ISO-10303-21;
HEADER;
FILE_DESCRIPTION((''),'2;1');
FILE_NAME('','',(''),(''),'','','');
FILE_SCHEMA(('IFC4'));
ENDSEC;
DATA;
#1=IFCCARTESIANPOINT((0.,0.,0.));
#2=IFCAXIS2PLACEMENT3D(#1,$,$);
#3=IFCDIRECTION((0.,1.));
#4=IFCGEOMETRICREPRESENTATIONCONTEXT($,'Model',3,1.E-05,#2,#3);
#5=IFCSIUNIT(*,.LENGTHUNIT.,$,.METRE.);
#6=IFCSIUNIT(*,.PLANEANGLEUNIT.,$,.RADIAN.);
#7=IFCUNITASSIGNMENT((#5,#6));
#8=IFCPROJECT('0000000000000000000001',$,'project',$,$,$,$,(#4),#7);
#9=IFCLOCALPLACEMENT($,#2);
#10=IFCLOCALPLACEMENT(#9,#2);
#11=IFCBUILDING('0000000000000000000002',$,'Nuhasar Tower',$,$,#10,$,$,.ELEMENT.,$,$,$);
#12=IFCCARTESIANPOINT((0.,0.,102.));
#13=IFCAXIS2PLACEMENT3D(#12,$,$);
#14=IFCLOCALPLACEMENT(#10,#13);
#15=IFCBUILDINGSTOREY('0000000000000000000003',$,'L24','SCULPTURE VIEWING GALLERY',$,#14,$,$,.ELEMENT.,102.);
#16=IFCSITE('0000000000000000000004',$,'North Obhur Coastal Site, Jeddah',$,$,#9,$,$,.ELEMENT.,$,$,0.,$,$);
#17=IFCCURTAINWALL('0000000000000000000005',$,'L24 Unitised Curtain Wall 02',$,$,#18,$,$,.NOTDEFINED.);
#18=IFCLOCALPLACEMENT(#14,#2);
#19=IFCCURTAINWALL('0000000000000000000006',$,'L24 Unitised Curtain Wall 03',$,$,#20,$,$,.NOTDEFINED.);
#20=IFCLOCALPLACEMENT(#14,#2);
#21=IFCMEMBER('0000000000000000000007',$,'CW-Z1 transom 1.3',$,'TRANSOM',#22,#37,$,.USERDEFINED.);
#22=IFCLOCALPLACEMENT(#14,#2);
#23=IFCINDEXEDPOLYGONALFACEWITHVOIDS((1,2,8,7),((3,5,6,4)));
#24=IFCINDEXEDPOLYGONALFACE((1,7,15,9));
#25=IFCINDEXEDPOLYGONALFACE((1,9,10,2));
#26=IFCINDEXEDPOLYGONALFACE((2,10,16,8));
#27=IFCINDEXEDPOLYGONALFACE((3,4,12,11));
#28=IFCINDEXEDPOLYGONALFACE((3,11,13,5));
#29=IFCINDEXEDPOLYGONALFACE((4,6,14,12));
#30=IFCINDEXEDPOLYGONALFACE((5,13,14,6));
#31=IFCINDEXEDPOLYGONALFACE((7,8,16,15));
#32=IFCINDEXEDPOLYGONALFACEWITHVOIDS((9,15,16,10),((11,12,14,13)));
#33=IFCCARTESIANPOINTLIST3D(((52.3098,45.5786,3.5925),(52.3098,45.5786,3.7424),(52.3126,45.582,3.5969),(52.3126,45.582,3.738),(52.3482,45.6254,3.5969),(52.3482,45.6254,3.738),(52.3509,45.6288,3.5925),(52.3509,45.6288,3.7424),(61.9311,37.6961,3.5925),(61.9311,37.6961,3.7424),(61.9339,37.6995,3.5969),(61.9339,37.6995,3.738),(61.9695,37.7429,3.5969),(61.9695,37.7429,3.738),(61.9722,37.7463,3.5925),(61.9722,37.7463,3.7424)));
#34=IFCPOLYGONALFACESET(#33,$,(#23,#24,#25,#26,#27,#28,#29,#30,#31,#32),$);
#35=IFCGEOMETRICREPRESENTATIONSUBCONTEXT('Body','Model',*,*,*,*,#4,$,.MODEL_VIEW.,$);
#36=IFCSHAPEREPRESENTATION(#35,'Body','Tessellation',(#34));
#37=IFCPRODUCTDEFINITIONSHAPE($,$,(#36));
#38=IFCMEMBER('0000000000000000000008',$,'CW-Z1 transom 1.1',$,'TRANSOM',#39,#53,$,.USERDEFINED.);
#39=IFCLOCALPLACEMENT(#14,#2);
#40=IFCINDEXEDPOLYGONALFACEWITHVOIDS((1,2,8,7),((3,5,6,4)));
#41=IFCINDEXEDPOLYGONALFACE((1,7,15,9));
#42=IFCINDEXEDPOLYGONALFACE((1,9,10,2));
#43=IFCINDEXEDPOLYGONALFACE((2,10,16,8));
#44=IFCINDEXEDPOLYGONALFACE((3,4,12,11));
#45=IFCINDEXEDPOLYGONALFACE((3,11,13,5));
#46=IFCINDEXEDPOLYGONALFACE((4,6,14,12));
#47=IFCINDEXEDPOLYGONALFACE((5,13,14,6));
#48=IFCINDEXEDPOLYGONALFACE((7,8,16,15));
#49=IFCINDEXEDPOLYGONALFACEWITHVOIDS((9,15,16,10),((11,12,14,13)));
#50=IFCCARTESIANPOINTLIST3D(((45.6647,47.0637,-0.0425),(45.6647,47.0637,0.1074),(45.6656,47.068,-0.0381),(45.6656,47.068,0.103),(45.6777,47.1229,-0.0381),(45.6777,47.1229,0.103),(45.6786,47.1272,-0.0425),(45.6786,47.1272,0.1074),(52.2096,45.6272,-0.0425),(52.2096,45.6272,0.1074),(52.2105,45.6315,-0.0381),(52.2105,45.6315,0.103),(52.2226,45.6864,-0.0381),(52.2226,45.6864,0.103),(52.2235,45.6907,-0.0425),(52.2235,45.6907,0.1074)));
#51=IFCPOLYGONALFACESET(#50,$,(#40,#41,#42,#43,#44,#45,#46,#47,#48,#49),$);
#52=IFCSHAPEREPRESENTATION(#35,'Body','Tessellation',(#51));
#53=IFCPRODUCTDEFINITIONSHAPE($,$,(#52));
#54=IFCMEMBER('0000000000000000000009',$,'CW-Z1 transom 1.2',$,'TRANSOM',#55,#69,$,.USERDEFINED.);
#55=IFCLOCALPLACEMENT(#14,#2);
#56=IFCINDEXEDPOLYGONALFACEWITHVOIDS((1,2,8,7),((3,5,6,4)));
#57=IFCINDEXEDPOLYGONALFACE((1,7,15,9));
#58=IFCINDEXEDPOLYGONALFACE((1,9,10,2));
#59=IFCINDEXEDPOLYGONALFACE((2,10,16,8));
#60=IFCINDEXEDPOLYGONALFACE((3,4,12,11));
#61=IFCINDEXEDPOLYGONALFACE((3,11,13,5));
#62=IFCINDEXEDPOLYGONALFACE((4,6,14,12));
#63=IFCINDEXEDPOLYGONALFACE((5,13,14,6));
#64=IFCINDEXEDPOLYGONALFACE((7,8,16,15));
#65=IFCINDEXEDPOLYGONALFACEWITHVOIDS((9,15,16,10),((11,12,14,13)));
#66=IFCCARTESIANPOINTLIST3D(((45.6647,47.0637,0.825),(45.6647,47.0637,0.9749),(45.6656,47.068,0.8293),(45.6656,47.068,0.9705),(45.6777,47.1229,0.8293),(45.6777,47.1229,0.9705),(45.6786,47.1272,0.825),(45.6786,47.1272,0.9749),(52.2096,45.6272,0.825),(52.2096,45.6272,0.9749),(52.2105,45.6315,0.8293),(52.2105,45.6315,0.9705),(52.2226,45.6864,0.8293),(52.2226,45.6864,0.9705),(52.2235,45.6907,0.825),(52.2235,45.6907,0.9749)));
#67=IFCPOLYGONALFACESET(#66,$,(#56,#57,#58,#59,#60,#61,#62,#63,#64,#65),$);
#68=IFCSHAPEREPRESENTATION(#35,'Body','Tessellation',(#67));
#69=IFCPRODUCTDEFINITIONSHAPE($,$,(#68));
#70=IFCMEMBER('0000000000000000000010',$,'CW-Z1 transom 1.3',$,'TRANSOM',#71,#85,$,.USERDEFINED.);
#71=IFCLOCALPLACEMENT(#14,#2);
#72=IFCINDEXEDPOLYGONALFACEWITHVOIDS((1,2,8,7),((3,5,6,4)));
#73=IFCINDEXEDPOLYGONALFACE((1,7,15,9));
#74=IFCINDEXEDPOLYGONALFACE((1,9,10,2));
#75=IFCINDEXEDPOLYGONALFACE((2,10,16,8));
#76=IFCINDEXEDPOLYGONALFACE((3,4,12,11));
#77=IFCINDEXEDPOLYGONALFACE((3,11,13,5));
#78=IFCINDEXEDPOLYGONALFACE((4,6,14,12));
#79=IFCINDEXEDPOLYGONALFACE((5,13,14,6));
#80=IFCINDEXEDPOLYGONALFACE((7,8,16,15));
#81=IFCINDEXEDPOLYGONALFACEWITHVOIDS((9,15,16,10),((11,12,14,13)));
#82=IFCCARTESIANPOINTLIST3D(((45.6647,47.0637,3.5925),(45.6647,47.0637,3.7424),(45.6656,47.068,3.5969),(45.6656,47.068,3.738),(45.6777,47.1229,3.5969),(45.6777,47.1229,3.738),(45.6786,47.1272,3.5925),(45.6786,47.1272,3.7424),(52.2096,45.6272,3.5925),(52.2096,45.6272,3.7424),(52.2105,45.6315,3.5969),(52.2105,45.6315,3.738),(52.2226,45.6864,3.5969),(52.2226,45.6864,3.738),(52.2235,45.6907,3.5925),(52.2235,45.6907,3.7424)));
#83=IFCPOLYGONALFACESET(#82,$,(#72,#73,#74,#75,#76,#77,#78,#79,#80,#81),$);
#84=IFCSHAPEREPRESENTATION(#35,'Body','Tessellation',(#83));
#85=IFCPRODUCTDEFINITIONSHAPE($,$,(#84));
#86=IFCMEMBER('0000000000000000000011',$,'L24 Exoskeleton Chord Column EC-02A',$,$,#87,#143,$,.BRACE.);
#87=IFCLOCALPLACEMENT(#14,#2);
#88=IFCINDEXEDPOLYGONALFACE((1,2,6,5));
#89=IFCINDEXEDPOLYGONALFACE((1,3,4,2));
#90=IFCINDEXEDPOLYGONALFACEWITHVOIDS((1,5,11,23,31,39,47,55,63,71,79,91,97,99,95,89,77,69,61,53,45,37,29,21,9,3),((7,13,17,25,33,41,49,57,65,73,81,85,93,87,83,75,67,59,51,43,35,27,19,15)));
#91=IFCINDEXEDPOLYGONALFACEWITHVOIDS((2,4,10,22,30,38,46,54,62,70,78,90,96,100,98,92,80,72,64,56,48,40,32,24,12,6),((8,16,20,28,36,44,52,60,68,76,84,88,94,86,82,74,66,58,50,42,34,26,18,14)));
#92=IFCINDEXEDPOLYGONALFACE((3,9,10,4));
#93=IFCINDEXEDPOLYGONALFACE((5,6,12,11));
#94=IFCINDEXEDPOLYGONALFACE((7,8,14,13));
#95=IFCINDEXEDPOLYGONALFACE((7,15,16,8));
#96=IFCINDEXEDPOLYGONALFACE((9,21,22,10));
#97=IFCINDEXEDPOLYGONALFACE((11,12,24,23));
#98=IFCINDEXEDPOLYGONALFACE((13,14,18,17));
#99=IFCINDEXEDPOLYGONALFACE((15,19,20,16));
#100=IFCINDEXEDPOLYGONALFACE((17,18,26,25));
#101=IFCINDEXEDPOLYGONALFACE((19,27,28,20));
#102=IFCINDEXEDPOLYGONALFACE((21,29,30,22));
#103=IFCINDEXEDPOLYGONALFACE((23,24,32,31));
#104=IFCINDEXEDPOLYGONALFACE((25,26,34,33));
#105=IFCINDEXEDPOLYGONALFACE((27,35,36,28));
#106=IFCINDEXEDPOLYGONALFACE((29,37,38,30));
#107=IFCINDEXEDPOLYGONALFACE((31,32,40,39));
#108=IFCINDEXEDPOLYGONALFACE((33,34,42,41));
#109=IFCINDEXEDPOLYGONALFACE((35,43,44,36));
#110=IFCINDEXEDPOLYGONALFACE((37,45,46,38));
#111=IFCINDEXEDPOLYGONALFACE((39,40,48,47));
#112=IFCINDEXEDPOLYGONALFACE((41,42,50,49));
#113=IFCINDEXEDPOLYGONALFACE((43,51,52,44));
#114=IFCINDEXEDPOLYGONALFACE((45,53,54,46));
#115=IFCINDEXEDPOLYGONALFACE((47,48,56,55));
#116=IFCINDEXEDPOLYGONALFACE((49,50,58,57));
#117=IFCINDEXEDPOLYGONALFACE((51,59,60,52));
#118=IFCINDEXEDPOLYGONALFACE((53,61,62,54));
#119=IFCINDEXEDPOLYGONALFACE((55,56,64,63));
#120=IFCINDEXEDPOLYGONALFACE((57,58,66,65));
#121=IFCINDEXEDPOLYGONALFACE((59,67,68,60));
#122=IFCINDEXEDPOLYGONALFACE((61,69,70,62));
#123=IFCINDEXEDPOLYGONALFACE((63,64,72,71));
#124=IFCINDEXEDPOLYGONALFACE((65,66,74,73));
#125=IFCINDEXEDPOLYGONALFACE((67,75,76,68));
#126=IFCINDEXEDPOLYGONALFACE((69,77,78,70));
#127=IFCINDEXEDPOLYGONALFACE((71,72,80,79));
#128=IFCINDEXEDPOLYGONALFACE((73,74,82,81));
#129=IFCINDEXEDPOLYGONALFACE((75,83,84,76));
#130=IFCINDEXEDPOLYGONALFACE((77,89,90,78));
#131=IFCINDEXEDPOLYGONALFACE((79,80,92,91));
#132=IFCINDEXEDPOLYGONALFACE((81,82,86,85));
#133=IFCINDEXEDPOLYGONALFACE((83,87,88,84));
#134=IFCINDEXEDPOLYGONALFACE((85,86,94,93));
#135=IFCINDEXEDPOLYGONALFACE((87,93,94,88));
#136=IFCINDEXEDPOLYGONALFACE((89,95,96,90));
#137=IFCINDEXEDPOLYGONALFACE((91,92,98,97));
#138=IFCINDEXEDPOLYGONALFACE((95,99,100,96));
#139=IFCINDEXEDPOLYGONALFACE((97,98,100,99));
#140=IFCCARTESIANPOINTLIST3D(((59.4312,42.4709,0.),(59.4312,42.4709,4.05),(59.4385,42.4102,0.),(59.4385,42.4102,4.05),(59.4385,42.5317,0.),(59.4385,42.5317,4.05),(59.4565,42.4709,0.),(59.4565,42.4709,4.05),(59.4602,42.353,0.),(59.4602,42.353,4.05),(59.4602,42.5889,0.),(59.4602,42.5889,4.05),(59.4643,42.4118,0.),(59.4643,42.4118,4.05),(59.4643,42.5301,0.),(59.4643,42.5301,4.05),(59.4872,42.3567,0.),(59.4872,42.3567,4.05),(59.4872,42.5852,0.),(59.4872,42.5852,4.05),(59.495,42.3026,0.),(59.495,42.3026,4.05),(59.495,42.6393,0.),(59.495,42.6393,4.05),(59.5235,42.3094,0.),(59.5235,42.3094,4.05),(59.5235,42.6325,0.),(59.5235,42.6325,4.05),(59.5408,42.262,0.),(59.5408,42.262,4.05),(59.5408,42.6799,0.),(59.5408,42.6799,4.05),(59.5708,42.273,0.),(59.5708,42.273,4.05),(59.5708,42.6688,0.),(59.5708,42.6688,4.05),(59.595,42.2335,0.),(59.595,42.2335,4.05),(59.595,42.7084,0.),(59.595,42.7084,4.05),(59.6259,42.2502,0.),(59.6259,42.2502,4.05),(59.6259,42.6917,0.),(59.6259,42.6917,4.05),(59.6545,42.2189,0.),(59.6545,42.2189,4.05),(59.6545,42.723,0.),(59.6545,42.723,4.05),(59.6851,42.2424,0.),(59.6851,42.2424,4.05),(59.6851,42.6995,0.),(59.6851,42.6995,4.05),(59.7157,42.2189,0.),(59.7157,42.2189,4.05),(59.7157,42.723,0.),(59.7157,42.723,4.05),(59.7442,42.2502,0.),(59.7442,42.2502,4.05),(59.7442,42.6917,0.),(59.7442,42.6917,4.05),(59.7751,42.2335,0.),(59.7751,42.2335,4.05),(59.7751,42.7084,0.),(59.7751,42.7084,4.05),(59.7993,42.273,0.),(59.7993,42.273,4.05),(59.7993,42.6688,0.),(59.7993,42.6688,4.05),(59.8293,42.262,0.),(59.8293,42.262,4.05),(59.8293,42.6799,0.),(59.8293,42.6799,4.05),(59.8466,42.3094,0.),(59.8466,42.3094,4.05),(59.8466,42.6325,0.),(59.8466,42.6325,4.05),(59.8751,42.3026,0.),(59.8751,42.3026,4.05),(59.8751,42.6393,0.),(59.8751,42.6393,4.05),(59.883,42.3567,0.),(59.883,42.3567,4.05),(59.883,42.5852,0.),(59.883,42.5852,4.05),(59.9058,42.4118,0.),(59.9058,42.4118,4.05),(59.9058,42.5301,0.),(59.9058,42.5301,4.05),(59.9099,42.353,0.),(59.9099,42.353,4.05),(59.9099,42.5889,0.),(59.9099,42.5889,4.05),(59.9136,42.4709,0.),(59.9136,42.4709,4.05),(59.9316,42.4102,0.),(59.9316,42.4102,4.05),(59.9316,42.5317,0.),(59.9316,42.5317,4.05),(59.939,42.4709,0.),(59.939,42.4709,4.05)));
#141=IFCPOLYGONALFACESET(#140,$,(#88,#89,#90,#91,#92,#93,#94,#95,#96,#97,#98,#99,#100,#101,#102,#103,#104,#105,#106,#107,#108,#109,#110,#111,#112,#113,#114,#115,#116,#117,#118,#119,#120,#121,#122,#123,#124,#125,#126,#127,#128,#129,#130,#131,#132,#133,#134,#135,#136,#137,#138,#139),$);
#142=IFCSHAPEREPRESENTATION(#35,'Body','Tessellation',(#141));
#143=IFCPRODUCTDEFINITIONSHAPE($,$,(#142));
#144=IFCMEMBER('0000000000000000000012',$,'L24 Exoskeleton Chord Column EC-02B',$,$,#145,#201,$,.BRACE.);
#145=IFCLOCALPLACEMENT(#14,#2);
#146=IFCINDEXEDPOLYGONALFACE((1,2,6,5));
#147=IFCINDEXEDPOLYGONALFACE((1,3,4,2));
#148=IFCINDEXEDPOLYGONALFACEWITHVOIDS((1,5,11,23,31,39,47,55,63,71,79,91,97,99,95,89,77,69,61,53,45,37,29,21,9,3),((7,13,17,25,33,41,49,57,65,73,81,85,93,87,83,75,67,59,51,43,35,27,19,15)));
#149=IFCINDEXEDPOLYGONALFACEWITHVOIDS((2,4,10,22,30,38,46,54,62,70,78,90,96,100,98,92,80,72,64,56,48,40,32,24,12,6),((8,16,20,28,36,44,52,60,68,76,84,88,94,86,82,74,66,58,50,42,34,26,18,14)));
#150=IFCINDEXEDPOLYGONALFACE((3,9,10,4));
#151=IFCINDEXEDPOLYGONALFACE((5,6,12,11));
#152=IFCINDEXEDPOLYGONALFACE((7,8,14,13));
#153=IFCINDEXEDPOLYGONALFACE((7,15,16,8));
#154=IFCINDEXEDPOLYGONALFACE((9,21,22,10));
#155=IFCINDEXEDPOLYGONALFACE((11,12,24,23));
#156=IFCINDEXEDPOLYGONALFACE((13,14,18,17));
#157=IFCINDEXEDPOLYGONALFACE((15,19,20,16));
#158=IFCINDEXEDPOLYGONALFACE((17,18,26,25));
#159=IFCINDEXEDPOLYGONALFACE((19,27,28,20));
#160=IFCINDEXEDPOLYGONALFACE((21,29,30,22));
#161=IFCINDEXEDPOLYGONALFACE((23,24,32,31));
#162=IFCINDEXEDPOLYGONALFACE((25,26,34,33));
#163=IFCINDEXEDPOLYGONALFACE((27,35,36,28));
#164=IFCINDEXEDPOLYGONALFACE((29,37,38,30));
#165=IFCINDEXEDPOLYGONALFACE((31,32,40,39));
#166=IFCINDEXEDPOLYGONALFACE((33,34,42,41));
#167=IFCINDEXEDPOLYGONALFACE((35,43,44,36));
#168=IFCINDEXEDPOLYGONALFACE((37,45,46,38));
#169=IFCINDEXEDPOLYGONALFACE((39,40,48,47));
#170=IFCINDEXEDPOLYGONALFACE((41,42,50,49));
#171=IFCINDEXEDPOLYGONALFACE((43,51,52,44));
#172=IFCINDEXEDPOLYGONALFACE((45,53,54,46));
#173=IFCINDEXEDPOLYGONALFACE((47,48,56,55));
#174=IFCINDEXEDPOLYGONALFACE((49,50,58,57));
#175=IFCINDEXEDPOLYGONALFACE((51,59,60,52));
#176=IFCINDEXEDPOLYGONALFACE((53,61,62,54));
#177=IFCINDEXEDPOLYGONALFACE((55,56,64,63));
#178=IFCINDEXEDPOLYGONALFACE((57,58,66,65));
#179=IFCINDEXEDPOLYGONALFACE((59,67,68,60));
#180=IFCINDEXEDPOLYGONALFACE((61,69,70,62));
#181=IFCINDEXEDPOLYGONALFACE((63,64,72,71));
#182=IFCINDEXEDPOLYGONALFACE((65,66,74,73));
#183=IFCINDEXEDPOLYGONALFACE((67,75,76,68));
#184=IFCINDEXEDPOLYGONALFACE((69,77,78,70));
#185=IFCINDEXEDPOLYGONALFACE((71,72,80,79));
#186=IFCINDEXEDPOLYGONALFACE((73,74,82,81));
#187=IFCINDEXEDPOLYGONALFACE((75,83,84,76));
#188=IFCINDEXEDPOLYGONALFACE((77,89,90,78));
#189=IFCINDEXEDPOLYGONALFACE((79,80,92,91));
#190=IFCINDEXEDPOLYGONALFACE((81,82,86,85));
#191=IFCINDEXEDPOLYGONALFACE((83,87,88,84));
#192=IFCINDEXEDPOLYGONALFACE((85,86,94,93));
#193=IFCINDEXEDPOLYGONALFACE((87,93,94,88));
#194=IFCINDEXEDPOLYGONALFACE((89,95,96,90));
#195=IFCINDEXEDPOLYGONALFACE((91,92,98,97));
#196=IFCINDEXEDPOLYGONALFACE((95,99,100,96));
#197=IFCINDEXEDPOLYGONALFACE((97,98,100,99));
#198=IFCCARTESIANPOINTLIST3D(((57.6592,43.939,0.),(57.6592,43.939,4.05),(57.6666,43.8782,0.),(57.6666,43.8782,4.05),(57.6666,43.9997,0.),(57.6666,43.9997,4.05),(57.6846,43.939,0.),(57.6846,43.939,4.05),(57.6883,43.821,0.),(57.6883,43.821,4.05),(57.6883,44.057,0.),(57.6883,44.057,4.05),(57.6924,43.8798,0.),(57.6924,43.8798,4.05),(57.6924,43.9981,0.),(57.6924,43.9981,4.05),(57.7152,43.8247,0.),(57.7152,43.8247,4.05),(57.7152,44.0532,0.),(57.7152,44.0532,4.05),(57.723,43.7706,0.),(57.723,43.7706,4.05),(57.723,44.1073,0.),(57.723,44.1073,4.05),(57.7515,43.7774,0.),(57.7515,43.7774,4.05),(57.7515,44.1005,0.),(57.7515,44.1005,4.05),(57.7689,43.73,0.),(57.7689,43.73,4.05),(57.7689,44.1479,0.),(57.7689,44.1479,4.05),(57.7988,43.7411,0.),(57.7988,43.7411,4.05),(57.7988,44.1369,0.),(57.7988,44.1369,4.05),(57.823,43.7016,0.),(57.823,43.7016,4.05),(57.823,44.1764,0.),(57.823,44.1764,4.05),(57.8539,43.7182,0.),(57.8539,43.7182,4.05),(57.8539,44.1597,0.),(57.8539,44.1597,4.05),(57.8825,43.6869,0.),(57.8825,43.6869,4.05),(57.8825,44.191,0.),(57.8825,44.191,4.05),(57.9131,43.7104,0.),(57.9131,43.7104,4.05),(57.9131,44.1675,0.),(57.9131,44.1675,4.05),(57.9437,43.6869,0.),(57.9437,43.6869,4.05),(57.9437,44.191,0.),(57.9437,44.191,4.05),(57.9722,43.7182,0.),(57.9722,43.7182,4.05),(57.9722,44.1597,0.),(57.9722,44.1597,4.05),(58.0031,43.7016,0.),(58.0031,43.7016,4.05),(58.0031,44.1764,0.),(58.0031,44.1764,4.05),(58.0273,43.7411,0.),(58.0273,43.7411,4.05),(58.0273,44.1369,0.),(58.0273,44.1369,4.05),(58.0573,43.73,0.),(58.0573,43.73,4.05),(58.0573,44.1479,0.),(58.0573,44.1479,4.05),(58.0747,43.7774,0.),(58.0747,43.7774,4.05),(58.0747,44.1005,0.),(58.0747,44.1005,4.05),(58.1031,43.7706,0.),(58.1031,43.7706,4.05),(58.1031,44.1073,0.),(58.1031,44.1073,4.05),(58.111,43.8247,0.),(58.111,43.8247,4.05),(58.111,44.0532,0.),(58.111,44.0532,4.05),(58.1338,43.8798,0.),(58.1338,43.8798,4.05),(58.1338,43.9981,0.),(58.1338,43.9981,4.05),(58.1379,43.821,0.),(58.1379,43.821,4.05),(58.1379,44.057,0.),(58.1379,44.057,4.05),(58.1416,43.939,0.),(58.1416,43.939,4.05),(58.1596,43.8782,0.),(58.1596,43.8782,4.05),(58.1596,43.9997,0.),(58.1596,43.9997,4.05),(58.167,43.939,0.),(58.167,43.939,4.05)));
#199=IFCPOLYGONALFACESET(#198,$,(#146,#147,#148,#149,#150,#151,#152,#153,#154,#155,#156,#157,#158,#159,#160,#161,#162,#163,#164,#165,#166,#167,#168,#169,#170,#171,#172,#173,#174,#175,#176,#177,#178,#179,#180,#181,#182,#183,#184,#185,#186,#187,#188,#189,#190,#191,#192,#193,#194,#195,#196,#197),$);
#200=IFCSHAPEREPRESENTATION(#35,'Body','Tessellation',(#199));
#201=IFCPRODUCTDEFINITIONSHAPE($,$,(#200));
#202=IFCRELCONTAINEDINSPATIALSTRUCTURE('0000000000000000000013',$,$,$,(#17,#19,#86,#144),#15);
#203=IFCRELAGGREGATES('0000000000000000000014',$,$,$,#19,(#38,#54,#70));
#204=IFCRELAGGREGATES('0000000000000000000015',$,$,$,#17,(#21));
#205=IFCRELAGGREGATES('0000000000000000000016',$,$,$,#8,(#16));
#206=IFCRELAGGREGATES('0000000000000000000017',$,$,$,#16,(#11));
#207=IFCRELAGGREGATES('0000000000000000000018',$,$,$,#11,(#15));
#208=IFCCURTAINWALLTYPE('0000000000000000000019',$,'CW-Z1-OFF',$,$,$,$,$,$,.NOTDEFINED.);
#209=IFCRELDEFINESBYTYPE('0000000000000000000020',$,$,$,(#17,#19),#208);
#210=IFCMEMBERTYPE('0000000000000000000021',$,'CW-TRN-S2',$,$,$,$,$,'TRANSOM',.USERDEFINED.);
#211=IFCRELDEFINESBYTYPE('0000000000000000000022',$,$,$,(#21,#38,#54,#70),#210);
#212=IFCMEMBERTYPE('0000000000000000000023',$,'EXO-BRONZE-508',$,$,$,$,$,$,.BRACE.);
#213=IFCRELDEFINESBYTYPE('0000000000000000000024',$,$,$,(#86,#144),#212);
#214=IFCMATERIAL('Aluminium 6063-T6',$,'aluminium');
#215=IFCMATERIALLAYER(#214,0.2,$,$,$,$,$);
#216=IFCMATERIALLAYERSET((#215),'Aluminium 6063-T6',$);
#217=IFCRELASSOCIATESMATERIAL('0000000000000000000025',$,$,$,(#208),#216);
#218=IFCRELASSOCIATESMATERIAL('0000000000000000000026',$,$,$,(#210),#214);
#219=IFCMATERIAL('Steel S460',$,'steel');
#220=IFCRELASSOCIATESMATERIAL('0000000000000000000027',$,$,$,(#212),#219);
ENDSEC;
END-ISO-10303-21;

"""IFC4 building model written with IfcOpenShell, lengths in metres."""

from ifc_helpers import new_model, si_unit, direction, frame, origin, origin_2d, place, context, subcontext, project, spatial, hollow_rectangle, hollow_circle, extrude, material, layer, layer_set, material_profile, profile_set, type_object, element, aggregate, save


model = new_model("IFC4")

# Units and contexts
model_context = context("Model", 3, precision=1e-05, world=origin(), true_north=direction((0.0, 1.0)))
body_context = subcontext(model_context, "Body", "Model", "MODEL_VIEW")
ifc_project = project(units=[si_unit("LENGTHUNIT", "METRE"), si_unit("PLANEANGLEUNIT", "RADIAN")], contexts=[model_context])

# Site, building, storey
site_placement = place(None, origin())
site = spatial("IfcSite", under=ifc_project, at=site_placement, Name="North Obhur Coastal Site, Jeddah", CompositionType="ELEMENT", RefElevation=0.0)
building_placement = place(site_placement, origin())
building = spatial("IfcBuilding", under=site, at=building_placement, Name="Nuhasar Tower", CompositionType="ELEMENT")
storey_placement = place(building_placement, frame((0.0, 0.0, 102.0)))
storey = spatial("IfcBuildingStorey", under=building, at=storey_placement, Name="L24", Description="SCULPTURE VIEWING GALLERY", CompositionType="ELEMENT", Elevation=102.0)

# Shared definitions
ifc_material_1 = material(Name="Aluminium 6063-T6", Category="aluminium")
ifc_layer_1 = layer(ifc_material_1, 0.2)
ifc_layer_set_1 = layer_set([ifc_layer_1], Name="Aluminium 6063-T6")
curtain_wall_type = type_object("IfcCurtainWallType", Name="CW-Z1-OFF", PredefinedType="NOTDEFINED", material=ifc_layer_set_1)

# Curtain wall
curtain_wall_1_placement = place(storey_placement, origin())
curtain_wall_1 = element("IfcCurtainWall", 1, at=curtain_wall_1_placement, inside=storey, type_object=curtain_wall_type, Name="L24 Unitised Curtain Wall 02", PredefinedType="NOTDEFINED")

# Curtain wall
curtain_wall_2_placement = place(storey_placement, origin())
curtain_wall_2 = element("IfcCurtainWall", 2, at=curtain_wall_2_placement, inside=storey, type_object=curtain_wall_type, Name="L24 Unitised Curtain Wall 03", PredefinedType="NOTDEFINED")

# Members
ifc_material_profile_1 = material_profile(ifc_material_1, hollow_rectangle(XDim=0.0649, YDim=0.1499, WallThickness=0.0044, at=origin_2d()), Name="CWT-2")
ifc_profile_set_1 = profile_set([ifc_material_profile_1], Name="Aluminium 6063-T6")
member_type_1 = type_object("IfcMemberType", Name="CW-TRN-S2", ElementType="TRANSOM", PredefinedType="USERDEFINED", material=ifc_profile_set_1)
member_1_placement = place(storey_placement, frame((61.9517, 37.7212, 3.6675), z_axis=(-0.773541, 0.633746, 0.0), x_axis=(-0.633746, -0.773541, 0.0)))
member_1 = element("IfcMember", 3, at=member_1_placement, type_object=member_type_1, Name="CW-Z1 transom 1.3", ObjectType="TRANSOM", PredefinedType="USERDEFINED", context=body_context, shape_type="SweptSolid", body=[
    extrude(hollow_rectangle(XDim=0.0649, YDim=0.1499, WallThickness=0.0044, at=origin_2d()), origin(), (0.0, 0.0, 1.0), 12.438),
])
member_2_placement = place(storey_placement, frame((52.2166, 45.6589, 0.0325), z_axis=(-0.97675, 0.214384, 0.0), x_axis=(-0.214384, -0.97675, 0.0)))
member_2 = element("IfcMember", 4, at=member_2_placement, type_object=member_type_1, Name="CW-Z1 transom 1.1", ObjectType="TRANSOM", PredefinedType="USERDEFINED", context=body_context, shape_type="SweptSolid", body=[
    extrude(hollow_rectangle(XDim=0.0649, YDim=0.1499, WallThickness=0.0044, at=origin_2d()), origin(), (0.0, 0.0, 1.0), 6.7007),
])
member_3_placement = place(storey_placement, frame((52.2166, 45.6589, 0.8999), z_axis=(-0.97675, 0.214384, 0.0), x_axis=(-0.214384, -0.97675, 0.0)))
member_3 = element("IfcMember", 5, at=member_3_placement, type_object=member_type_1, Name="CW-Z1 transom 1.2", ObjectType="TRANSOM", PredefinedType="USERDEFINED", context=body_context, shape_type="SweptSolid", body=[
    extrude(hollow_rectangle(XDim=0.0649, YDim=0.1499, WallThickness=0.0044, at=origin_2d()), origin(), (0.0, 0.0, 1.0), 6.7007),
])
member_4_placement = place(storey_placement, frame((52.2166, 45.6589, 3.6675), z_axis=(-0.97675, 0.214384, 0.0), x_axis=(-0.214384, -0.97675, 0.0)))
member_4 = element("IfcMember", 6, at=member_4_placement, type_object=member_type_1, Name="CW-Z1 transom 1.3", ObjectType="TRANSOM", PredefinedType="USERDEFINED", context=body_context, shape_type="SweptSolid", body=[
    extrude(hollow_rectangle(XDim=0.0649, YDim=0.1499, WallThickness=0.0044, at=origin_2d()), origin(), (0.0, 0.0, 1.0), 6.7007),
])
aggregate(curtain_wall_2, [member_2, member_3, member_4])

# Members
ifc_material_2 = material(Name="Steel S460", Category="steel")
ifc_material_profile_2 = material_profile(ifc_material_2, hollow_circle(Radius=0.2539, WallThickness=0.0254, at=origin_2d()), Name="HSS508X25.4")
ifc_profile_set_2 = profile_set([ifc_material_profile_2], Name="Steel S460")
member_type_2 = type_object("IfcMemberType", Name="EXO-BRONZE-508", PredefinedType="BRACE", material=ifc_profile_set_2)
for number, where, z_axis, x_axis, name in (
    (7, (59.6851, 42.4709, 0.0), (0.0, 0.0, 1.0), (1.0, 0.0, 0.0), "L24 Exoskeleton Chord Column EC-02A"),
    (8, (57.9131, 43.939, 0.0), (0.0, 0.0, 1.0), (1.0, 0.0, 0.0), "L24 Exoskeleton Chord Column EC-02B"),
):
    element("IfcMember", number, at=place(storey_placement, frame(where, z_axis=z_axis, x_axis=x_axis)), inside=storey, type_object=member_type_2, Name=name, PredefinedType="BRACE", context=body_context, shape_type="SweptSolid", body=[
        extrude(hollow_circle(Radius=0.2539, WallThickness=0.0254, at=origin_2d()), origin(), (0.0, 0.0, 1.0), 4.05),
    ])

aggregate(curtain_wall_1, [member_1])

save(model, "model.ifc")
